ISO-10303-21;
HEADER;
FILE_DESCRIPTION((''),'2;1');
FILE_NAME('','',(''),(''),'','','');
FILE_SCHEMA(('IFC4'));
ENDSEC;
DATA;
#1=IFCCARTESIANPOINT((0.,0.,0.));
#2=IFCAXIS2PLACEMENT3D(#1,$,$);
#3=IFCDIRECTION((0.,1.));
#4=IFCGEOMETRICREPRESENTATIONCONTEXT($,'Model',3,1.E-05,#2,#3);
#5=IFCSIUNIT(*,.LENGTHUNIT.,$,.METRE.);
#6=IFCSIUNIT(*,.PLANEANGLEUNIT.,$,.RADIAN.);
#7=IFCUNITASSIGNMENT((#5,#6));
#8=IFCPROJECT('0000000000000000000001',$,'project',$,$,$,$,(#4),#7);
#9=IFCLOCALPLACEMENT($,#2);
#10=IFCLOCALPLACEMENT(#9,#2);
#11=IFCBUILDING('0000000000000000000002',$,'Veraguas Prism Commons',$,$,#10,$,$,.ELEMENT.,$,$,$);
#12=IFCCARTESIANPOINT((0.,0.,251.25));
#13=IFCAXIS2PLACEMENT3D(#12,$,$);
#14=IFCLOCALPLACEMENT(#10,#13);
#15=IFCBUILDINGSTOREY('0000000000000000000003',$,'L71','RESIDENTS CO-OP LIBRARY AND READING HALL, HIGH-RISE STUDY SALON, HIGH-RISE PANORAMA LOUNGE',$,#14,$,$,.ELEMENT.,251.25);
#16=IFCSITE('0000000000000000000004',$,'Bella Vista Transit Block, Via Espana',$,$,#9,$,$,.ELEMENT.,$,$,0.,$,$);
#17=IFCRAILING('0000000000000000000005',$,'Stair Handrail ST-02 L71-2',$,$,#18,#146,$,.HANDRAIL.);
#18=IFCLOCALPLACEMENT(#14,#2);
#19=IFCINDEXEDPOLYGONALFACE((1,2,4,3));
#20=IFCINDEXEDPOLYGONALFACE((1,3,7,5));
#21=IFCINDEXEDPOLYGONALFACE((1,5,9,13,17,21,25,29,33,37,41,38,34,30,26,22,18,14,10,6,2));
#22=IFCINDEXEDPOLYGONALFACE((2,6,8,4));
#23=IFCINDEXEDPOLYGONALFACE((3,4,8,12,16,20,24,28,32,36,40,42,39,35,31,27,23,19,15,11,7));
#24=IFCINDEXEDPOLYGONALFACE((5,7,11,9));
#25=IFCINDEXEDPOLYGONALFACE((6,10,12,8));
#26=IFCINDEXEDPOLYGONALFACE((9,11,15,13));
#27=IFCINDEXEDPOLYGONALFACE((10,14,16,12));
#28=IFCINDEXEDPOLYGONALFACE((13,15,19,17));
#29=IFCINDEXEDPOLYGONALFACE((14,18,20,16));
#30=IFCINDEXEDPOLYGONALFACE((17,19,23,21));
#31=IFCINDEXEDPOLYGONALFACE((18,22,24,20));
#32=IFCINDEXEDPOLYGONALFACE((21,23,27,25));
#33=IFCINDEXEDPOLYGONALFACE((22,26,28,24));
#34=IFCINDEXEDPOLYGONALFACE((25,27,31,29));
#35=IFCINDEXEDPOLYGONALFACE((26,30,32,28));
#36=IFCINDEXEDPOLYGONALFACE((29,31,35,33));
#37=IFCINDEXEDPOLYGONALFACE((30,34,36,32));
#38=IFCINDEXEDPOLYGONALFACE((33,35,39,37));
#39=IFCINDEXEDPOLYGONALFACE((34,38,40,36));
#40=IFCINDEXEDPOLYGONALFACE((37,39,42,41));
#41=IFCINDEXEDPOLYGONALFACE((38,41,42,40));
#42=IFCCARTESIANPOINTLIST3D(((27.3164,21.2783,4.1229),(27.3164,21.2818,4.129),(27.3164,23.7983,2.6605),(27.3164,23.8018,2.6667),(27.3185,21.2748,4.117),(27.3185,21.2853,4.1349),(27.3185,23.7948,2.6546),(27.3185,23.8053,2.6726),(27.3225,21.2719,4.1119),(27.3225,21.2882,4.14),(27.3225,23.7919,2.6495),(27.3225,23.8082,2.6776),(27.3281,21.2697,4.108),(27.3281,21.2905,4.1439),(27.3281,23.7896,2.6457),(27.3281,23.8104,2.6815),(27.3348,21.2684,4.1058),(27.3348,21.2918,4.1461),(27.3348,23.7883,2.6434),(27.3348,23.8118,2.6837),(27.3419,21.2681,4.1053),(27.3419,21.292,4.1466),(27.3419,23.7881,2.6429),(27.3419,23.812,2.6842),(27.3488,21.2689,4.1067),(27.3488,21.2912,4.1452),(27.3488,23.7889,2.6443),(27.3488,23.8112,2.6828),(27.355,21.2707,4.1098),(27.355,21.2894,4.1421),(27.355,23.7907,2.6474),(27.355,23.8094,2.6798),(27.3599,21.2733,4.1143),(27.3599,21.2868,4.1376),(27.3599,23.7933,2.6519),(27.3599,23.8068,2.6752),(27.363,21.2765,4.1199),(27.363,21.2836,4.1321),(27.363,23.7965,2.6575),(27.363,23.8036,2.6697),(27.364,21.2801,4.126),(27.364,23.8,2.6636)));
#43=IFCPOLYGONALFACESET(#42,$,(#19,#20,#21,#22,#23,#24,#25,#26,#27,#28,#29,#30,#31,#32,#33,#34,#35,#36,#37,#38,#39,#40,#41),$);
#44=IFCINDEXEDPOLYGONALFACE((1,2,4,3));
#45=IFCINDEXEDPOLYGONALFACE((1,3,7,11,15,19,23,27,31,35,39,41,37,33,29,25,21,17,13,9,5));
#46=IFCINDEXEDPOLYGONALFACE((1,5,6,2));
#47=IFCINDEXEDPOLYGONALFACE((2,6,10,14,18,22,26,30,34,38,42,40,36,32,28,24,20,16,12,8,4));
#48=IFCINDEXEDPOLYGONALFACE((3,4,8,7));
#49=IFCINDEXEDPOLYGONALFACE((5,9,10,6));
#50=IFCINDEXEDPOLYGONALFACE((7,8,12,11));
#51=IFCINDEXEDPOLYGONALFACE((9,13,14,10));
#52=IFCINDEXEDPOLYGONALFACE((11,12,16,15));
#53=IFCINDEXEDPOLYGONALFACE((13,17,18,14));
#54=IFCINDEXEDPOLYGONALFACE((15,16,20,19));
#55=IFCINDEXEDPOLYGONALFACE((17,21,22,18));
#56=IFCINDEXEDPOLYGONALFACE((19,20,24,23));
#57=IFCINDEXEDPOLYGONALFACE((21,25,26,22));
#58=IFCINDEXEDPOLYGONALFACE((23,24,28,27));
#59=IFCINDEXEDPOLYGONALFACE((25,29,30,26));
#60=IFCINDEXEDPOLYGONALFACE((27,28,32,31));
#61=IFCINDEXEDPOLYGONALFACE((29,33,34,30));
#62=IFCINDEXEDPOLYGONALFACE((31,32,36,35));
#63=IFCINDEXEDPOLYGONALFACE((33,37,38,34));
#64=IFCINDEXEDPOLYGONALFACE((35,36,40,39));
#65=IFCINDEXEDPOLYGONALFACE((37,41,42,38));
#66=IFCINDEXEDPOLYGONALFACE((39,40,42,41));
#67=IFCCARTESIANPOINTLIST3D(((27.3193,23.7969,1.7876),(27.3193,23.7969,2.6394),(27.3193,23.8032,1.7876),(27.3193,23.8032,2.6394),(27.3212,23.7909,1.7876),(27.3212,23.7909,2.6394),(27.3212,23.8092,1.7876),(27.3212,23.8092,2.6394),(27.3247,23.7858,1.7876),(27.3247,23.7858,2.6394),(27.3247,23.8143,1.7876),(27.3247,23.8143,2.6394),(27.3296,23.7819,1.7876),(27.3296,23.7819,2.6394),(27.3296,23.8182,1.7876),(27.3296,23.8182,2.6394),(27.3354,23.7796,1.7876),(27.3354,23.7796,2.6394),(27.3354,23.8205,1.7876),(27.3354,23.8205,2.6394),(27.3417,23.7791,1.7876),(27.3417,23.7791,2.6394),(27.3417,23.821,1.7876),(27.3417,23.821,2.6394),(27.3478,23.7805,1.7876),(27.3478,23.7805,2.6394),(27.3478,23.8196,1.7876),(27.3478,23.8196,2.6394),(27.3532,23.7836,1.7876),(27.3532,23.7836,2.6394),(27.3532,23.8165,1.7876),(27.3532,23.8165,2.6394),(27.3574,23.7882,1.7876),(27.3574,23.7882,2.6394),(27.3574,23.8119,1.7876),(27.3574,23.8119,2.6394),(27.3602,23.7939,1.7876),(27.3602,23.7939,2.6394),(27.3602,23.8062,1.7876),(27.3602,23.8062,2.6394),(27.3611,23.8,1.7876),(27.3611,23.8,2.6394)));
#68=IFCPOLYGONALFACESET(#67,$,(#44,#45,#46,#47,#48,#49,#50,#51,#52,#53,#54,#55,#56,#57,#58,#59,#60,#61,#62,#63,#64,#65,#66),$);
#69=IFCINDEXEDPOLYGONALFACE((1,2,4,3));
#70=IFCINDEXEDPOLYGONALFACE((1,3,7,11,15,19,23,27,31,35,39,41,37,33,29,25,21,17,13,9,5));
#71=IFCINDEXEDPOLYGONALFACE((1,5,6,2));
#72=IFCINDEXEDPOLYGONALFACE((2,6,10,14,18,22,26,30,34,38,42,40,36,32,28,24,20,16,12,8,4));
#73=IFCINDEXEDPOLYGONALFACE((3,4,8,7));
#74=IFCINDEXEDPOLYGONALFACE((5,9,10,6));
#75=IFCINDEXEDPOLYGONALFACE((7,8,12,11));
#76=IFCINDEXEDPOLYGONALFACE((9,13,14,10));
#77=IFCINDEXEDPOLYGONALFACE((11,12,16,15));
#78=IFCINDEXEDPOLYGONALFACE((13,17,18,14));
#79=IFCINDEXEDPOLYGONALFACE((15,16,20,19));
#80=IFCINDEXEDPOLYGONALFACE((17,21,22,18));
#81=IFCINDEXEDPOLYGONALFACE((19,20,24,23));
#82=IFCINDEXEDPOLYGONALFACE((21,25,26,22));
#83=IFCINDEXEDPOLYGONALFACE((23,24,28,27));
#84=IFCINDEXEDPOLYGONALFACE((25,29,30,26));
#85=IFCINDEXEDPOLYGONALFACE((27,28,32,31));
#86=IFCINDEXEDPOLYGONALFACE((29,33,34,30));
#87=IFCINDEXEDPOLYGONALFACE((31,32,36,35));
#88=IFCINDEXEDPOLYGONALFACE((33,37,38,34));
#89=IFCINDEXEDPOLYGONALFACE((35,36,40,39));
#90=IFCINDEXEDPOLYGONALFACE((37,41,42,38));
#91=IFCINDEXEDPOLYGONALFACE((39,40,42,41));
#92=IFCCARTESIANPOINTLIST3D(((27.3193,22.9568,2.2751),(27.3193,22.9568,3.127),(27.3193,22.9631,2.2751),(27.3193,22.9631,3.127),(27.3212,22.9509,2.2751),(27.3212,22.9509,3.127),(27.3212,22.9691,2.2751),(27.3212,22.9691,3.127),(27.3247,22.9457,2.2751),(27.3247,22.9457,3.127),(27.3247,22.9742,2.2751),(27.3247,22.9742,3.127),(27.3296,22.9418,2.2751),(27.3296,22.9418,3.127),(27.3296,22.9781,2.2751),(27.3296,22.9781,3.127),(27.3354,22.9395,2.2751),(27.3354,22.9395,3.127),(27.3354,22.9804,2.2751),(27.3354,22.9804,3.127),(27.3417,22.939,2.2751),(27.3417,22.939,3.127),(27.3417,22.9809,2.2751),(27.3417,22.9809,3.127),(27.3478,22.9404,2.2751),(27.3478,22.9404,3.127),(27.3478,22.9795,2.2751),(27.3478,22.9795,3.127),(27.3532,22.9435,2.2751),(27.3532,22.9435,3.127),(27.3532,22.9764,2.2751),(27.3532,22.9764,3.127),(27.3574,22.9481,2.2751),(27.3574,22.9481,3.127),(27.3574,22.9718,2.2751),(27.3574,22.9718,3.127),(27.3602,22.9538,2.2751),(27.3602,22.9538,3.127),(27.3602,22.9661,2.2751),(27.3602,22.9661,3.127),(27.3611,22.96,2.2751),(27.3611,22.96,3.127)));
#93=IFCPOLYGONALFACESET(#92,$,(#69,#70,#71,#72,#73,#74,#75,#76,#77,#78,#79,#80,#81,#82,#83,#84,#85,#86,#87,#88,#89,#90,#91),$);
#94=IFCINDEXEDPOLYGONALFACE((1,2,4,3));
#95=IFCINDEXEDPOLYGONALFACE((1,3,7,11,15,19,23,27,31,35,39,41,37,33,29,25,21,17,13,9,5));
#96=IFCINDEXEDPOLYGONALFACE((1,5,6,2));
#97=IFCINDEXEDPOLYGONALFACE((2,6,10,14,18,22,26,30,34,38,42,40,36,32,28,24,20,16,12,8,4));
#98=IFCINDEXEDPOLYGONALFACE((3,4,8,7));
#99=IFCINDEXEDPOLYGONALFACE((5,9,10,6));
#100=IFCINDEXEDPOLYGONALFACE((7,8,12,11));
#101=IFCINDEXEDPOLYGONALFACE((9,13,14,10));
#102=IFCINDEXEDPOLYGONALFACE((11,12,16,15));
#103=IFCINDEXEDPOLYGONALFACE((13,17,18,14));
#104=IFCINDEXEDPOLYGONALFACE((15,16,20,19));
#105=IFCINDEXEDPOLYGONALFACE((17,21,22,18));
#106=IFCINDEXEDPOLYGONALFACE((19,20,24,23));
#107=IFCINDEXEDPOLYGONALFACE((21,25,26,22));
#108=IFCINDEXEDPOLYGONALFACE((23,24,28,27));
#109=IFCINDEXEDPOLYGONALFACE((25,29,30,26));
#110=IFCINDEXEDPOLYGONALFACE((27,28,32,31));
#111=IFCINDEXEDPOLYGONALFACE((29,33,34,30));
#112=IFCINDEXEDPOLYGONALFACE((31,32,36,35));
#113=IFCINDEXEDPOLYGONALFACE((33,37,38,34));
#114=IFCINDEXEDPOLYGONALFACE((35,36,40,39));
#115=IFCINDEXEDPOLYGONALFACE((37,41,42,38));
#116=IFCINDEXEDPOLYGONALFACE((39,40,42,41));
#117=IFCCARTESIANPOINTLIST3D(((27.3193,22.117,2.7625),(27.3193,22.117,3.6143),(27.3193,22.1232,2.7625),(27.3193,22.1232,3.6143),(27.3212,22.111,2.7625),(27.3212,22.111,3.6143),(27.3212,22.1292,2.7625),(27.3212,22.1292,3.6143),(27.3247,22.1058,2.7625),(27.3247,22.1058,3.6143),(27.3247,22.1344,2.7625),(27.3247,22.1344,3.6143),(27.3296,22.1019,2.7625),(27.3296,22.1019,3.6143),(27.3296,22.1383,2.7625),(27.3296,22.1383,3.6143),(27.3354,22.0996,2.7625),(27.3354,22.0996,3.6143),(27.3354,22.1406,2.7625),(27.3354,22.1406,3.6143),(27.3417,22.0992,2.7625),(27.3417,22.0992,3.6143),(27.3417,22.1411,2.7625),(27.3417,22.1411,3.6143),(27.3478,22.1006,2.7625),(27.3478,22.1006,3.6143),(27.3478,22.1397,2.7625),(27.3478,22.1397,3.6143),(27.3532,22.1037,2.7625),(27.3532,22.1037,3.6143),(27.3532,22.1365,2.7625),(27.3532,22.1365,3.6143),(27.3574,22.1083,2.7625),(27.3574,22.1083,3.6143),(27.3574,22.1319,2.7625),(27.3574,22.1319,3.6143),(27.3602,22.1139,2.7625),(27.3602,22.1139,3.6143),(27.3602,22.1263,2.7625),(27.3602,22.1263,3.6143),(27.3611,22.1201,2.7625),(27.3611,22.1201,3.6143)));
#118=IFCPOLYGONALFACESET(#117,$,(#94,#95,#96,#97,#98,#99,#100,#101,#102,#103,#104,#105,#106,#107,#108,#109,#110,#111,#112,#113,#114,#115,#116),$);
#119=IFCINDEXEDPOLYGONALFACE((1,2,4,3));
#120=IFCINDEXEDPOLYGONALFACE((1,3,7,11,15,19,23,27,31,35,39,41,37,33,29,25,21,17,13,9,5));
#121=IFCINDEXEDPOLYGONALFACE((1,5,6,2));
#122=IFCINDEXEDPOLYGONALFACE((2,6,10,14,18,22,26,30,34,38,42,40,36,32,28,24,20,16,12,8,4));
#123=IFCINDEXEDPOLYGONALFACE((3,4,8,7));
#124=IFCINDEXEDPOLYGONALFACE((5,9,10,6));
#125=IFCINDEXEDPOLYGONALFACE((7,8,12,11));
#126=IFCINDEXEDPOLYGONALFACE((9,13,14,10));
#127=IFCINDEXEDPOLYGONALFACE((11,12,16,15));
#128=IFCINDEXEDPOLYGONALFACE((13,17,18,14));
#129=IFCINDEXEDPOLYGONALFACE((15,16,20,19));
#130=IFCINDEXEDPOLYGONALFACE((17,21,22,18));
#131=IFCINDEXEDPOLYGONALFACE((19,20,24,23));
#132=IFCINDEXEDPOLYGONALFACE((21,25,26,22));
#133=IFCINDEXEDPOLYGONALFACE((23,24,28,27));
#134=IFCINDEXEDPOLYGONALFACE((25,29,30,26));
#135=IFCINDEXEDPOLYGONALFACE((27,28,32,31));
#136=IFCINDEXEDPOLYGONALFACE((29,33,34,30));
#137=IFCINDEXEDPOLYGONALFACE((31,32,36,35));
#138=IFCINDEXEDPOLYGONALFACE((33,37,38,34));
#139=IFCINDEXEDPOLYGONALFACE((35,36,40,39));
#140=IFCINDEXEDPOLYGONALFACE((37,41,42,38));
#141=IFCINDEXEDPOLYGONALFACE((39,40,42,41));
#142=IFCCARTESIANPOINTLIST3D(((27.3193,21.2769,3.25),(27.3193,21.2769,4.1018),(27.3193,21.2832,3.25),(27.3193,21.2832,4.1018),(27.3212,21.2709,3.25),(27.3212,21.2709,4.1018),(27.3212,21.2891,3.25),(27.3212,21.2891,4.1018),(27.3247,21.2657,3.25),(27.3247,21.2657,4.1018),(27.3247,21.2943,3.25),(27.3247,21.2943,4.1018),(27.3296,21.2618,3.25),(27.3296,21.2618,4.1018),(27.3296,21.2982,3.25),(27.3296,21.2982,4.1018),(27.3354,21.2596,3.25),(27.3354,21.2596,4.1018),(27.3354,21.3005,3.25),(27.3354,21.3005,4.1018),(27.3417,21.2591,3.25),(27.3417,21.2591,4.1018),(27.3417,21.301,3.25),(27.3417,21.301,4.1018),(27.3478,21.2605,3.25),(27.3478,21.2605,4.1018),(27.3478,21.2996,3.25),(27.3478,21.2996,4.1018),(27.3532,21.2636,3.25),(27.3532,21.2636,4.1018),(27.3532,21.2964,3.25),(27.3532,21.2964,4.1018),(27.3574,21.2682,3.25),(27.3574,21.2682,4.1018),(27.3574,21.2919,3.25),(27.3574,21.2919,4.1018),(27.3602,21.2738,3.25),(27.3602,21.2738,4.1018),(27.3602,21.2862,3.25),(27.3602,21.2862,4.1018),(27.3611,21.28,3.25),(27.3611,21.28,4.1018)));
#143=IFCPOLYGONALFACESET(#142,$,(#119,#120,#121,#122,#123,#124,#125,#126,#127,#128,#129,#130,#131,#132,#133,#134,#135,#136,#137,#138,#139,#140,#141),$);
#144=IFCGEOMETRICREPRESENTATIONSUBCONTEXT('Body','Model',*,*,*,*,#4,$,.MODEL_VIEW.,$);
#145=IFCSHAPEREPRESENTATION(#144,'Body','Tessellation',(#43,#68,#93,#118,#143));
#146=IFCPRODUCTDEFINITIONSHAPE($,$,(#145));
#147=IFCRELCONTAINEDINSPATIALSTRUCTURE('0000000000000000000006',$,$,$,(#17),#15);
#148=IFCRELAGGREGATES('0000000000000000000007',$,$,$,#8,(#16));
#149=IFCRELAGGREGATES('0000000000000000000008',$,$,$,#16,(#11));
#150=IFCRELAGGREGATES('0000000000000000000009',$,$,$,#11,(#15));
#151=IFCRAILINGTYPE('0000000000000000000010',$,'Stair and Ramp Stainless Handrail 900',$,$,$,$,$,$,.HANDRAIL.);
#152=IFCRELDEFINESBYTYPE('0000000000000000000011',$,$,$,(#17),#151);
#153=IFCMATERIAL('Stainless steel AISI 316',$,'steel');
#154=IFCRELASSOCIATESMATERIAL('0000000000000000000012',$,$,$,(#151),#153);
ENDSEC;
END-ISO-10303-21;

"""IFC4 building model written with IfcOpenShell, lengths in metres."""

from ifc_helpers import new_model, si_unit, direction, frame, origin, origin_2d, place, context, subcontext, project, spatial, circle, extrude, material, type_object, element, save


model = new_model("IFC4")

# Units and contexts
model_context = context("Model", 3, precision=1e-05, world=origin(), true_north=direction((0.0, 1.0)))
body_context = subcontext(model_context, "Body", "Model", "MODEL_VIEW")
ifc_project = project(units=[si_unit("LENGTHUNIT", "METRE"), si_unit("PLANEANGLEUNIT", "RADIAN")], contexts=[model_context])

# Site, building, storey
site_placement = place(None, origin())
site = spatial("IfcSite", under=ifc_project, at=site_placement, Name="Bella Vista Transit Block, Via Espana", CompositionType="ELEMENT", RefElevation=0.0)
building_placement = place(site_placement, origin())
building = spatial("IfcBuilding", under=site, at=building_placement, Name="Veraguas Prism Commons", CompositionType="ELEMENT")
storey_placement = place(building_placement, frame((0.0, 0.0, 251.25)))
storey = spatial("IfcBuildingStorey", under=building, at=storey_placement, Name="L71", Description="RESIDENTS CO-OP LIBRARY AND READING HALL, HIGH-RISE STUDY SALON, HIGH-RISE PANORAMA LOUNGE", CompositionType="ELEMENT", Elevation=251.25)

# Railing
ifc_material_1 = material(Name="Stainless steel AISI 316", Category="steel")
railing_type_1 = type_object("IfcRailingType", Name="Stair and Ramp Stainless Handrail 900", PredefinedType="HANDRAIL", material=ifc_material_1)
railing_1_placement = place(storey_placement, frame((27.3401, 23.8, 1.7876)))
element("IfcRailing", 1, at=railing_1_placement, inside=storey, type_object=railing_type_1, Name="Stair Handrail ST-02 L71-2", PredefinedType="HANDRAIL", context=body_context, shape_type="SweptSolid", body=[
    extrude(circle(Radius=0.0239, at=origin_2d()), frame((0.0, 0.0, 0.876), z_axis=(0.0, -0.864913, 0.501921), x_axis=(1.0, 0.0, 0.0)), (0.0, 0.0, 1.0), 2.9136),
    extrude(circle(Radius=0.021, at=origin_2d()), origin(), (0.0, 0.0, 1.0), 0.8518),
    extrude(circle(Radius=0.021, at=origin_2d()), frame((0.0, -0.8401, 0.4875)), (0.0, 0.0, 1.0), 0.8518),
    extrude(circle(Radius=0.021, at=origin_2d()), frame((0.0, -1.6799, 0.9749)), (0.0, 0.0, 1.0), 0.8518),
    extrude(circle(Radius=0.021, at=origin_2d()), frame((0.0, -2.52, 1.4624)), (0.0, 0.0, 1.0), 0.8518),
])

save(model, "model.ifc")
